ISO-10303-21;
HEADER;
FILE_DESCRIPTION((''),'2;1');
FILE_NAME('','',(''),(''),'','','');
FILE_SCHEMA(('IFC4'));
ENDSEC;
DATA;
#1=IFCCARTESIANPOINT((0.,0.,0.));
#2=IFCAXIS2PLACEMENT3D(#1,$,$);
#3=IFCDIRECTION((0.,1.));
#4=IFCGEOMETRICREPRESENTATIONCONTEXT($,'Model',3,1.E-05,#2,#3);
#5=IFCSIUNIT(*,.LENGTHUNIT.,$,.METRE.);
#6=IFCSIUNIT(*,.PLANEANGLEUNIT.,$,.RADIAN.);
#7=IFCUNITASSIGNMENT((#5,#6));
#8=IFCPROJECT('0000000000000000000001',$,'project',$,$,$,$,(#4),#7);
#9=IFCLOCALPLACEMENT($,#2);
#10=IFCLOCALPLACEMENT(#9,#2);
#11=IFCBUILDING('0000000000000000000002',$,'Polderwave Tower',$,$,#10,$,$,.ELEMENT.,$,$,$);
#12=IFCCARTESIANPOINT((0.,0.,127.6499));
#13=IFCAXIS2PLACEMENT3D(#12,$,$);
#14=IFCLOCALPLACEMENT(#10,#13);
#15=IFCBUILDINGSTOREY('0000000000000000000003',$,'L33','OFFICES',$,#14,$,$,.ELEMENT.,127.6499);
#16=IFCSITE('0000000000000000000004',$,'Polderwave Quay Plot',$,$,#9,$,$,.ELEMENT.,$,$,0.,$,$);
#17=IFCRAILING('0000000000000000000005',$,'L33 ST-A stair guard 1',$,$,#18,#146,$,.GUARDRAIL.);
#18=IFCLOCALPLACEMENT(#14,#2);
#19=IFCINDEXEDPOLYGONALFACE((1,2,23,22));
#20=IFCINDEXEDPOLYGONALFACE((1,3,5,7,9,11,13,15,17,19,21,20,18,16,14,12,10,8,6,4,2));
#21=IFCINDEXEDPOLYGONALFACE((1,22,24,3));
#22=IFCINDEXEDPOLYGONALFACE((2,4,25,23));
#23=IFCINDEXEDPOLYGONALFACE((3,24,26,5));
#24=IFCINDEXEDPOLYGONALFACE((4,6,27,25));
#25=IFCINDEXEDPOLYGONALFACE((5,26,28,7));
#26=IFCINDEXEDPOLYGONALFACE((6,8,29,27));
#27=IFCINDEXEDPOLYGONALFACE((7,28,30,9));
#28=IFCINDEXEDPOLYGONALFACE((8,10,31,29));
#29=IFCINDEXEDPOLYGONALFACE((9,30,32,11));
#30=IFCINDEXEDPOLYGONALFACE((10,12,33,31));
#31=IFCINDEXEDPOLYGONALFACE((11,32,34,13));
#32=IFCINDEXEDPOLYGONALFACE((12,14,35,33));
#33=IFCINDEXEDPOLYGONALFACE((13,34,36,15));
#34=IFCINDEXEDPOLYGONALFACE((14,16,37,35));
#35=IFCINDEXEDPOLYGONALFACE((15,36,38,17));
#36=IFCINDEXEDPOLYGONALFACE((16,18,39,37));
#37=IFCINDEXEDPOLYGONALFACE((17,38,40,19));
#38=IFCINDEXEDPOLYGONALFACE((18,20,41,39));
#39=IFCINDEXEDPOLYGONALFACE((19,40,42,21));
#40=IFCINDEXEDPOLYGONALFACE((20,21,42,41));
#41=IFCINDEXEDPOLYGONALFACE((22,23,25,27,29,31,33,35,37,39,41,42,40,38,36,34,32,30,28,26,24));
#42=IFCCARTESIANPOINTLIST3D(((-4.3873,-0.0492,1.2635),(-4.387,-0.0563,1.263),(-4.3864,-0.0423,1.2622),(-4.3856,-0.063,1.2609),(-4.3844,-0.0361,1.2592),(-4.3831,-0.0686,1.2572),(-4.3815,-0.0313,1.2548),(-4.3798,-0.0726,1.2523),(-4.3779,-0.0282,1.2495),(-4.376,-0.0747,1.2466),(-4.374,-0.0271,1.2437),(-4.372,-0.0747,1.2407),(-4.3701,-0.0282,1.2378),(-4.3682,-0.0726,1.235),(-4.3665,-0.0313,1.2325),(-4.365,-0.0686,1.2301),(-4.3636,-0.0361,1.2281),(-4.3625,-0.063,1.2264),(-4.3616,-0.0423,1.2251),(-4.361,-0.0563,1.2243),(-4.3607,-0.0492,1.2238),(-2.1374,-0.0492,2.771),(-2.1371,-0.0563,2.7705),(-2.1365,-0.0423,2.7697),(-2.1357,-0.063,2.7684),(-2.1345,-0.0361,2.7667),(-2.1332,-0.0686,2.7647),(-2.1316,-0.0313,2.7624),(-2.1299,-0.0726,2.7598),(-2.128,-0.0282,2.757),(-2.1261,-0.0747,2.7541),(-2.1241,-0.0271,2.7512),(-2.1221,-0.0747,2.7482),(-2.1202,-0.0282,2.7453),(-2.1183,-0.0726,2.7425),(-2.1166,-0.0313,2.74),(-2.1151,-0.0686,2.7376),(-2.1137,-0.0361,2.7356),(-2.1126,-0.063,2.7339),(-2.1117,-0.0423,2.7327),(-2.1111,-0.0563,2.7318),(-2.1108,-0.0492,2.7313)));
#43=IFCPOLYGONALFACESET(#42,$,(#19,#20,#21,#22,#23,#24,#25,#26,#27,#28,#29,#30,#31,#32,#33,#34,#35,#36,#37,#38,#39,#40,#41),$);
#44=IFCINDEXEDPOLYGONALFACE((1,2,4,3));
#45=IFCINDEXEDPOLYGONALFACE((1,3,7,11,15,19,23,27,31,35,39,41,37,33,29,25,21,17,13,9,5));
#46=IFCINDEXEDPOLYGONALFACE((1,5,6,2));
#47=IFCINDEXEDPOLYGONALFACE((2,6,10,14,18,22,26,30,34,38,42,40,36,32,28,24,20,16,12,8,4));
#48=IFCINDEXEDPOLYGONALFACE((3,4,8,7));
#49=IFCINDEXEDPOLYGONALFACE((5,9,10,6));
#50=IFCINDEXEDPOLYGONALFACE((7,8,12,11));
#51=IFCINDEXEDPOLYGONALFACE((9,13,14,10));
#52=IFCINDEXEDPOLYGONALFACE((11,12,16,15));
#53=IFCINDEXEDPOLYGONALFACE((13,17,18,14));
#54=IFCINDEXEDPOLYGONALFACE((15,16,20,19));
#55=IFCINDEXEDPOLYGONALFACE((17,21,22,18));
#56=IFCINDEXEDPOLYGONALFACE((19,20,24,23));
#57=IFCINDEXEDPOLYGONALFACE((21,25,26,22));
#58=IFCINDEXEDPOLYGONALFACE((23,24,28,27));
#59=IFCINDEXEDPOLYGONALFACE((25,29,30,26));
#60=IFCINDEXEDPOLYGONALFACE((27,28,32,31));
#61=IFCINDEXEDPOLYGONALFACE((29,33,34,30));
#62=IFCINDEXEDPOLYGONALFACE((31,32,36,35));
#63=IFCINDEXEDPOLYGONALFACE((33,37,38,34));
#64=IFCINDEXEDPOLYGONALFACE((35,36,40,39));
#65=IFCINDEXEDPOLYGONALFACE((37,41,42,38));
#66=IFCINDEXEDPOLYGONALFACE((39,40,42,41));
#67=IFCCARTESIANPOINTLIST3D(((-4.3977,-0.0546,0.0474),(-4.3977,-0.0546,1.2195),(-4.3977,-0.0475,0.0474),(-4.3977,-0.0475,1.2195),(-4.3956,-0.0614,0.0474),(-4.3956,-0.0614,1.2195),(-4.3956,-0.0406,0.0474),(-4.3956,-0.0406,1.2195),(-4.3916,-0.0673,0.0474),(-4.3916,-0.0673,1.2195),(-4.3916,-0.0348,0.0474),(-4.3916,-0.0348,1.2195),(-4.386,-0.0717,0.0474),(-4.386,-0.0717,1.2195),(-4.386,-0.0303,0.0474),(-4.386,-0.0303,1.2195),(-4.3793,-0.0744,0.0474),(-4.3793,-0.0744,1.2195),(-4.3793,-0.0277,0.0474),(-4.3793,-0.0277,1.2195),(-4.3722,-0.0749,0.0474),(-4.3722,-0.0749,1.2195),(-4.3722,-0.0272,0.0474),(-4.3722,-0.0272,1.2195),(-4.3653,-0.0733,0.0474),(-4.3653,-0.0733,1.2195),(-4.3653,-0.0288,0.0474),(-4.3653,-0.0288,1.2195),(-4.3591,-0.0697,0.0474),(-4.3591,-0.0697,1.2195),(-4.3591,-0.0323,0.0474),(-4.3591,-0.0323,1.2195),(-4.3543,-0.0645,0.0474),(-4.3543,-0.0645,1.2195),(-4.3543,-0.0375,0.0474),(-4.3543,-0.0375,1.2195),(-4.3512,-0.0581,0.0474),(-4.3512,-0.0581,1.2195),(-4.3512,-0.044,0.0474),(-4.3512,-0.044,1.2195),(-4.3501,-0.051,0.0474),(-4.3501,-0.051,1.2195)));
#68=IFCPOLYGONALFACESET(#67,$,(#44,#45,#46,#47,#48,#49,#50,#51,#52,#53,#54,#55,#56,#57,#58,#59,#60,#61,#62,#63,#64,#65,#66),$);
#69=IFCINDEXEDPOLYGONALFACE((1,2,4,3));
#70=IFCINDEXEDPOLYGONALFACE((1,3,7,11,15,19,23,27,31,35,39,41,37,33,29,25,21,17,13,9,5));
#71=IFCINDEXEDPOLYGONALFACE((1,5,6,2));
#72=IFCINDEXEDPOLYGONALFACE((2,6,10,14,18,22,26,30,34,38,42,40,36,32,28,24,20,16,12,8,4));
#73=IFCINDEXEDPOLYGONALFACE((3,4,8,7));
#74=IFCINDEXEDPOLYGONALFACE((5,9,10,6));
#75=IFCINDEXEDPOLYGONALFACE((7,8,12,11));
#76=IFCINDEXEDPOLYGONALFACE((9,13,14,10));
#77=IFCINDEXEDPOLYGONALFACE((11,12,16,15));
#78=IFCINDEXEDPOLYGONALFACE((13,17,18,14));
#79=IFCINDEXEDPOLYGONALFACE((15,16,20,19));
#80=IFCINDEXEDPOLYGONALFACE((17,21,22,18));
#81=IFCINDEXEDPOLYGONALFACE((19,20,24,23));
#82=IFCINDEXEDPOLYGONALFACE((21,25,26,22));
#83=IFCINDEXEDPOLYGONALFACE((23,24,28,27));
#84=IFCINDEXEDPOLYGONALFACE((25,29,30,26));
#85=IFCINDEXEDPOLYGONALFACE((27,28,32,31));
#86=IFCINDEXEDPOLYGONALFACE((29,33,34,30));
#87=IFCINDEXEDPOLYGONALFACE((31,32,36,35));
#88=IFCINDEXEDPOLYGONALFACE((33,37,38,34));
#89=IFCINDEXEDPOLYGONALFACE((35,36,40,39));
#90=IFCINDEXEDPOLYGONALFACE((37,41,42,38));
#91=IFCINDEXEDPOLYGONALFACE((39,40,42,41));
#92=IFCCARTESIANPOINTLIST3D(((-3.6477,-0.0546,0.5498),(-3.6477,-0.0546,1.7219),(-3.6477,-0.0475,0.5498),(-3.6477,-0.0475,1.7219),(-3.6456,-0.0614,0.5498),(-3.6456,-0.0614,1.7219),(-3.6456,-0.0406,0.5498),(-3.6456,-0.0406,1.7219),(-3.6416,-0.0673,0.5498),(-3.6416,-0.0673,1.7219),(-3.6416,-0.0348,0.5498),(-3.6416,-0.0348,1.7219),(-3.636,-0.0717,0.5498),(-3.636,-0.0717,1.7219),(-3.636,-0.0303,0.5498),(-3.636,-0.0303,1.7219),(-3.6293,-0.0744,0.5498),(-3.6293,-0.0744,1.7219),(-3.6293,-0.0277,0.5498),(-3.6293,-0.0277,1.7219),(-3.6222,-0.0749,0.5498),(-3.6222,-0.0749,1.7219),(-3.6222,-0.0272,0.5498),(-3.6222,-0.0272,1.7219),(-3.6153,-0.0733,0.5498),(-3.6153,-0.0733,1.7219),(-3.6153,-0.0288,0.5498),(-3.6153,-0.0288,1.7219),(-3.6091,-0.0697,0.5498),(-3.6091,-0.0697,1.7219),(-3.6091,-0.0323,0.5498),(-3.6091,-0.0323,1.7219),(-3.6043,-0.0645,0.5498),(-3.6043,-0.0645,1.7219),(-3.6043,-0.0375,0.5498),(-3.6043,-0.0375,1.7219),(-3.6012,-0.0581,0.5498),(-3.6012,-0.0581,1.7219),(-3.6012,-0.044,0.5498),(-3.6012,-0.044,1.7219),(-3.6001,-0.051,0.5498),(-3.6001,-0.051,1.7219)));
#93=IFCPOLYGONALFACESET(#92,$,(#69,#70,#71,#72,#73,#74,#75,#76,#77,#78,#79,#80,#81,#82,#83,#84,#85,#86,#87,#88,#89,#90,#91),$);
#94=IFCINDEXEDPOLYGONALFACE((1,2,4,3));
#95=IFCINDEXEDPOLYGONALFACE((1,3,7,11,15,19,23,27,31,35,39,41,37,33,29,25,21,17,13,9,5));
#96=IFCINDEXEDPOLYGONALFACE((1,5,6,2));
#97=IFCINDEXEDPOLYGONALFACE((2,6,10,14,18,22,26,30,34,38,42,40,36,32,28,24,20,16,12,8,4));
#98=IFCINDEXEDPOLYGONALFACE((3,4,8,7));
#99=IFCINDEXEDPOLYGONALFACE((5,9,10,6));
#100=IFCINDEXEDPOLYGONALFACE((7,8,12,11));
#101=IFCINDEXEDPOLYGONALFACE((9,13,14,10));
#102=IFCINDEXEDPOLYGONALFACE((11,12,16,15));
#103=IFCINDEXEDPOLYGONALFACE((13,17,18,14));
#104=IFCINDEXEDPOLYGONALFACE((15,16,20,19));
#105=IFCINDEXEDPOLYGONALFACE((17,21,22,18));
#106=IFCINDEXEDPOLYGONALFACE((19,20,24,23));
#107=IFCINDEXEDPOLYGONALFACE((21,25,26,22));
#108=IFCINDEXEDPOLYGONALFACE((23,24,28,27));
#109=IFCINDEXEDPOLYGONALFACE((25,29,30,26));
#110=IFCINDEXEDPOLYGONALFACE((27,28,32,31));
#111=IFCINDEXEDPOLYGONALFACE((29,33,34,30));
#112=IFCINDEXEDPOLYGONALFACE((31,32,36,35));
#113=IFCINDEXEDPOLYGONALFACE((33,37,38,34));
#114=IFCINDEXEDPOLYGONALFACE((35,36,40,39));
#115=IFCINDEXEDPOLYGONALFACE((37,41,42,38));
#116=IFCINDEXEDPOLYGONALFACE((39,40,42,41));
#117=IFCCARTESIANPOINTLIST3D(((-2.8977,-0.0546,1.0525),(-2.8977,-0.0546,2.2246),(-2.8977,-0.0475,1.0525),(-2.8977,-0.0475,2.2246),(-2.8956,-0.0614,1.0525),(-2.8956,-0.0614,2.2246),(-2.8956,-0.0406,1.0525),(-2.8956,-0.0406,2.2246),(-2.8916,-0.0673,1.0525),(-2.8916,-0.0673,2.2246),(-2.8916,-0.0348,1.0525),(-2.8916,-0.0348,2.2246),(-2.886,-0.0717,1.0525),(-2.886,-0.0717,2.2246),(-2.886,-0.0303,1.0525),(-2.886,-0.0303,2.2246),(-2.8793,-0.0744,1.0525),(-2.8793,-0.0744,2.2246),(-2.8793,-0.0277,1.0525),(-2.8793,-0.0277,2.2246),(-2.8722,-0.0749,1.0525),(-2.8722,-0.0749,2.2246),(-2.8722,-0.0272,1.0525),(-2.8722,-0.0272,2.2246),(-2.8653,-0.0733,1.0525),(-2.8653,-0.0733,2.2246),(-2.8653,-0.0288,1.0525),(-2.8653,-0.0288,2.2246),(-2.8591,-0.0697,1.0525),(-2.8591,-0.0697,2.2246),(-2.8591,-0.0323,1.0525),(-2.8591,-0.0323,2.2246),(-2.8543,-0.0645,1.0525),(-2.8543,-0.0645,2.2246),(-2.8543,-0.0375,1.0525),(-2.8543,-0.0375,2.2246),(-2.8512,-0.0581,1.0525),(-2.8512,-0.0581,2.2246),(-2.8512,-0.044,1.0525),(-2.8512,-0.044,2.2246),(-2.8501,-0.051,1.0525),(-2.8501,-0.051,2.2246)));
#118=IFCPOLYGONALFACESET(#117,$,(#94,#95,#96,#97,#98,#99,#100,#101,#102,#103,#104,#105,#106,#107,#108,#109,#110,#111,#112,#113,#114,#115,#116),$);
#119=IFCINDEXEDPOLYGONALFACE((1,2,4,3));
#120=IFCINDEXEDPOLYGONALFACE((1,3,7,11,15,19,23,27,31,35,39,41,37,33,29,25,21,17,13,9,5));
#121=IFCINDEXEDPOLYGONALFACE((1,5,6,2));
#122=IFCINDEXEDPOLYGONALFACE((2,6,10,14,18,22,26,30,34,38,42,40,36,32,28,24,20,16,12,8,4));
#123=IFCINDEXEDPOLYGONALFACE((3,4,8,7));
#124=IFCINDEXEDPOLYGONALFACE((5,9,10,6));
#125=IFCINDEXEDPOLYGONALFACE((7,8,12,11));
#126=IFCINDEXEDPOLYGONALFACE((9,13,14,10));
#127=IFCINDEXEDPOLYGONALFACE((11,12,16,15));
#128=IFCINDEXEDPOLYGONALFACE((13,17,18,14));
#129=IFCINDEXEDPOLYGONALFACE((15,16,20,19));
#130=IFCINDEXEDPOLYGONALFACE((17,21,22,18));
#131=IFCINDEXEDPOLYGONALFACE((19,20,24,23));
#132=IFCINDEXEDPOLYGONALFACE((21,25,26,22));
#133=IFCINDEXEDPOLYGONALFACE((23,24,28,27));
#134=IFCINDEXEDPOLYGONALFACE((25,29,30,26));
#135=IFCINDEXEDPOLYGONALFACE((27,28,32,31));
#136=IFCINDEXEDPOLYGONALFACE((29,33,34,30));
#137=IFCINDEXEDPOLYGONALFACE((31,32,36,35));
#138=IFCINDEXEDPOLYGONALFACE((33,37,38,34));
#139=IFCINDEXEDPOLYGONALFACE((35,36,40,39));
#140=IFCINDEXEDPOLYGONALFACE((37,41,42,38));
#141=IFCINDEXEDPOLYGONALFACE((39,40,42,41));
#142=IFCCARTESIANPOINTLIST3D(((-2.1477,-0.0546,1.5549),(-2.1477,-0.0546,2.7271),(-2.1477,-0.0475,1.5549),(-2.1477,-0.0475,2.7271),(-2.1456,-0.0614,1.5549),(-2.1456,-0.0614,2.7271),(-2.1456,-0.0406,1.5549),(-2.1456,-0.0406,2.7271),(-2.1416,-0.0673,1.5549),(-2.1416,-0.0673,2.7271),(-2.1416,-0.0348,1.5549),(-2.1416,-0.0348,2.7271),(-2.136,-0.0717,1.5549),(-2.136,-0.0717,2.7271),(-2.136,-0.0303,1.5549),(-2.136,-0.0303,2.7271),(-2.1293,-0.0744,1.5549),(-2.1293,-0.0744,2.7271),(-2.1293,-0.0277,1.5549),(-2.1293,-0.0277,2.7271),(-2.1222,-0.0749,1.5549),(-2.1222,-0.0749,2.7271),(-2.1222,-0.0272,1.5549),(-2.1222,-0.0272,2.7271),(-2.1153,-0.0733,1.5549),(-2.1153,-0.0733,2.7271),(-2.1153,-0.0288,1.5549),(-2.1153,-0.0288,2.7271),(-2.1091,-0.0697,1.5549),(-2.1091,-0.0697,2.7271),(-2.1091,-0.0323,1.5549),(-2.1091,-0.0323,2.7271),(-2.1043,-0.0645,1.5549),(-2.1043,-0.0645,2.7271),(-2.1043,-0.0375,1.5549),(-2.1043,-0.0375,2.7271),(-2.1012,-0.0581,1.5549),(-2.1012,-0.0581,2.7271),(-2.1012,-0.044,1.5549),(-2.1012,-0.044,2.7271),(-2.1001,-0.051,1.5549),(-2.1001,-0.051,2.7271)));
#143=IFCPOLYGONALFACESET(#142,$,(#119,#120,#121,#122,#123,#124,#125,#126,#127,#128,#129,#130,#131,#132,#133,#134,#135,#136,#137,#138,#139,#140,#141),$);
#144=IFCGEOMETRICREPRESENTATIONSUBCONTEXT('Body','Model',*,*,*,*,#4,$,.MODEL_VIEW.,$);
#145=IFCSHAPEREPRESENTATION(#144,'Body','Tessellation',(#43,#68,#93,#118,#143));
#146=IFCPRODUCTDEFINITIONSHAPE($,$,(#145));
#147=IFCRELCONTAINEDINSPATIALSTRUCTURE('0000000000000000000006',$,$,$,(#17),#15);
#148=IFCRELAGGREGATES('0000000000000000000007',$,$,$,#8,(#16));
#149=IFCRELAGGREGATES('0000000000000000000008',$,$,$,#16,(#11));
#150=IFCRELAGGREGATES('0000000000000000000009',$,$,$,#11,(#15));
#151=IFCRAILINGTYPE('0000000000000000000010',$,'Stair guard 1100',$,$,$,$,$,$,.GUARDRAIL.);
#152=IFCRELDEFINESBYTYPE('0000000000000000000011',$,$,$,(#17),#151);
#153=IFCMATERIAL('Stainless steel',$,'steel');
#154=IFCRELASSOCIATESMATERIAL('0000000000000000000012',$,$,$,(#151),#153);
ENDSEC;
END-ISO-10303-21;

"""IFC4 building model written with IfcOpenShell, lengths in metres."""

from ifc_helpers import new_model, si_unit, direction, frame, origin, origin_2d, place, context, subcontext, project, spatial, circle, extrude, material, type_object, element, save


model = new_model("IFC4")

# Units and contexts
model_context = context("Model", 3, precision=1e-05, world=origin(), true_north=direction((0.0, 1.0)))
body_context = subcontext(model_context, "Body", "Model", "MODEL_VIEW")
ifc_project = project(units=[si_unit("LENGTHUNIT", "METRE"), si_unit("PLANEANGLEUNIT", "RADIAN")], contexts=[model_context])

# Site, building, storey
site_placement = place(None, origin())
site = spatial("IfcSite", under=ifc_project, at=site_placement, Name="Polderwave Quay Plot", CompositionType="ELEMENT", RefElevation=0.0)
building_placement = place(site_placement, origin())
building = spatial("IfcBuilding", under=site, at=building_placement, Name="Polderwave Tower", CompositionType="ELEMENT")
storey_placement = place(building_placement, frame((0.0, 0.0, 127.6499)))
storey = spatial("IfcBuildingStorey", under=building, at=storey_placement, Name="L33", Description="OFFICES", CompositionType="ELEMENT", Elevation=127.6499)

# Railing
ifc_material_1 = material(Name="Stainless steel", Category="steel")
railing_type_1 = type_object("IfcRailingType", Name="Stair guard 1100", PredefinedType="GUARDRAIL", material=ifc_material_1)
railing_1_placement = place(storey_placement, frame((-4.374, -0.051, 0.0474)))
element("IfcRailing", 1, at=railing_1_placement, inside=storey, type_object=railing_type_1, Name="L33 ST-A stair guard 1", PredefinedType="GUARDRAIL", context=body_context, shape_type="SweptSolid", body=[
    extrude(circle(Radius=0.0239, at=origin_2d()), frame((0.0, 0.0, 1.1963), z_axis=(0.830758, 0.0, 0.556633), x_axis=(0.0, 1.0, 0.0)), (0.0, 0.0, 1.0), 2.7083),
    extrude(circle(Radius=0.0239, at=origin_2d()), origin(), (0.0, 0.0, 1.0), 1.1721),
    extrude(circle(Radius=0.0239, at=origin_2d()), frame((0.75, 0.0, 0.5024)), (0.0, 0.0, 1.0), 1.1721),
    extrude(circle(Radius=0.0239, at=origin_2d()), frame((1.5, 0.0, 1.0051)), (0.0, 0.0, 1.0), 1.1721),
    extrude(circle(Radius=0.0239, at=origin_2d()), frame((2.25, 0.0, 1.5076)), (0.0, 0.0, 1.0), 1.1721),
])

save(model, "model.ifc")
